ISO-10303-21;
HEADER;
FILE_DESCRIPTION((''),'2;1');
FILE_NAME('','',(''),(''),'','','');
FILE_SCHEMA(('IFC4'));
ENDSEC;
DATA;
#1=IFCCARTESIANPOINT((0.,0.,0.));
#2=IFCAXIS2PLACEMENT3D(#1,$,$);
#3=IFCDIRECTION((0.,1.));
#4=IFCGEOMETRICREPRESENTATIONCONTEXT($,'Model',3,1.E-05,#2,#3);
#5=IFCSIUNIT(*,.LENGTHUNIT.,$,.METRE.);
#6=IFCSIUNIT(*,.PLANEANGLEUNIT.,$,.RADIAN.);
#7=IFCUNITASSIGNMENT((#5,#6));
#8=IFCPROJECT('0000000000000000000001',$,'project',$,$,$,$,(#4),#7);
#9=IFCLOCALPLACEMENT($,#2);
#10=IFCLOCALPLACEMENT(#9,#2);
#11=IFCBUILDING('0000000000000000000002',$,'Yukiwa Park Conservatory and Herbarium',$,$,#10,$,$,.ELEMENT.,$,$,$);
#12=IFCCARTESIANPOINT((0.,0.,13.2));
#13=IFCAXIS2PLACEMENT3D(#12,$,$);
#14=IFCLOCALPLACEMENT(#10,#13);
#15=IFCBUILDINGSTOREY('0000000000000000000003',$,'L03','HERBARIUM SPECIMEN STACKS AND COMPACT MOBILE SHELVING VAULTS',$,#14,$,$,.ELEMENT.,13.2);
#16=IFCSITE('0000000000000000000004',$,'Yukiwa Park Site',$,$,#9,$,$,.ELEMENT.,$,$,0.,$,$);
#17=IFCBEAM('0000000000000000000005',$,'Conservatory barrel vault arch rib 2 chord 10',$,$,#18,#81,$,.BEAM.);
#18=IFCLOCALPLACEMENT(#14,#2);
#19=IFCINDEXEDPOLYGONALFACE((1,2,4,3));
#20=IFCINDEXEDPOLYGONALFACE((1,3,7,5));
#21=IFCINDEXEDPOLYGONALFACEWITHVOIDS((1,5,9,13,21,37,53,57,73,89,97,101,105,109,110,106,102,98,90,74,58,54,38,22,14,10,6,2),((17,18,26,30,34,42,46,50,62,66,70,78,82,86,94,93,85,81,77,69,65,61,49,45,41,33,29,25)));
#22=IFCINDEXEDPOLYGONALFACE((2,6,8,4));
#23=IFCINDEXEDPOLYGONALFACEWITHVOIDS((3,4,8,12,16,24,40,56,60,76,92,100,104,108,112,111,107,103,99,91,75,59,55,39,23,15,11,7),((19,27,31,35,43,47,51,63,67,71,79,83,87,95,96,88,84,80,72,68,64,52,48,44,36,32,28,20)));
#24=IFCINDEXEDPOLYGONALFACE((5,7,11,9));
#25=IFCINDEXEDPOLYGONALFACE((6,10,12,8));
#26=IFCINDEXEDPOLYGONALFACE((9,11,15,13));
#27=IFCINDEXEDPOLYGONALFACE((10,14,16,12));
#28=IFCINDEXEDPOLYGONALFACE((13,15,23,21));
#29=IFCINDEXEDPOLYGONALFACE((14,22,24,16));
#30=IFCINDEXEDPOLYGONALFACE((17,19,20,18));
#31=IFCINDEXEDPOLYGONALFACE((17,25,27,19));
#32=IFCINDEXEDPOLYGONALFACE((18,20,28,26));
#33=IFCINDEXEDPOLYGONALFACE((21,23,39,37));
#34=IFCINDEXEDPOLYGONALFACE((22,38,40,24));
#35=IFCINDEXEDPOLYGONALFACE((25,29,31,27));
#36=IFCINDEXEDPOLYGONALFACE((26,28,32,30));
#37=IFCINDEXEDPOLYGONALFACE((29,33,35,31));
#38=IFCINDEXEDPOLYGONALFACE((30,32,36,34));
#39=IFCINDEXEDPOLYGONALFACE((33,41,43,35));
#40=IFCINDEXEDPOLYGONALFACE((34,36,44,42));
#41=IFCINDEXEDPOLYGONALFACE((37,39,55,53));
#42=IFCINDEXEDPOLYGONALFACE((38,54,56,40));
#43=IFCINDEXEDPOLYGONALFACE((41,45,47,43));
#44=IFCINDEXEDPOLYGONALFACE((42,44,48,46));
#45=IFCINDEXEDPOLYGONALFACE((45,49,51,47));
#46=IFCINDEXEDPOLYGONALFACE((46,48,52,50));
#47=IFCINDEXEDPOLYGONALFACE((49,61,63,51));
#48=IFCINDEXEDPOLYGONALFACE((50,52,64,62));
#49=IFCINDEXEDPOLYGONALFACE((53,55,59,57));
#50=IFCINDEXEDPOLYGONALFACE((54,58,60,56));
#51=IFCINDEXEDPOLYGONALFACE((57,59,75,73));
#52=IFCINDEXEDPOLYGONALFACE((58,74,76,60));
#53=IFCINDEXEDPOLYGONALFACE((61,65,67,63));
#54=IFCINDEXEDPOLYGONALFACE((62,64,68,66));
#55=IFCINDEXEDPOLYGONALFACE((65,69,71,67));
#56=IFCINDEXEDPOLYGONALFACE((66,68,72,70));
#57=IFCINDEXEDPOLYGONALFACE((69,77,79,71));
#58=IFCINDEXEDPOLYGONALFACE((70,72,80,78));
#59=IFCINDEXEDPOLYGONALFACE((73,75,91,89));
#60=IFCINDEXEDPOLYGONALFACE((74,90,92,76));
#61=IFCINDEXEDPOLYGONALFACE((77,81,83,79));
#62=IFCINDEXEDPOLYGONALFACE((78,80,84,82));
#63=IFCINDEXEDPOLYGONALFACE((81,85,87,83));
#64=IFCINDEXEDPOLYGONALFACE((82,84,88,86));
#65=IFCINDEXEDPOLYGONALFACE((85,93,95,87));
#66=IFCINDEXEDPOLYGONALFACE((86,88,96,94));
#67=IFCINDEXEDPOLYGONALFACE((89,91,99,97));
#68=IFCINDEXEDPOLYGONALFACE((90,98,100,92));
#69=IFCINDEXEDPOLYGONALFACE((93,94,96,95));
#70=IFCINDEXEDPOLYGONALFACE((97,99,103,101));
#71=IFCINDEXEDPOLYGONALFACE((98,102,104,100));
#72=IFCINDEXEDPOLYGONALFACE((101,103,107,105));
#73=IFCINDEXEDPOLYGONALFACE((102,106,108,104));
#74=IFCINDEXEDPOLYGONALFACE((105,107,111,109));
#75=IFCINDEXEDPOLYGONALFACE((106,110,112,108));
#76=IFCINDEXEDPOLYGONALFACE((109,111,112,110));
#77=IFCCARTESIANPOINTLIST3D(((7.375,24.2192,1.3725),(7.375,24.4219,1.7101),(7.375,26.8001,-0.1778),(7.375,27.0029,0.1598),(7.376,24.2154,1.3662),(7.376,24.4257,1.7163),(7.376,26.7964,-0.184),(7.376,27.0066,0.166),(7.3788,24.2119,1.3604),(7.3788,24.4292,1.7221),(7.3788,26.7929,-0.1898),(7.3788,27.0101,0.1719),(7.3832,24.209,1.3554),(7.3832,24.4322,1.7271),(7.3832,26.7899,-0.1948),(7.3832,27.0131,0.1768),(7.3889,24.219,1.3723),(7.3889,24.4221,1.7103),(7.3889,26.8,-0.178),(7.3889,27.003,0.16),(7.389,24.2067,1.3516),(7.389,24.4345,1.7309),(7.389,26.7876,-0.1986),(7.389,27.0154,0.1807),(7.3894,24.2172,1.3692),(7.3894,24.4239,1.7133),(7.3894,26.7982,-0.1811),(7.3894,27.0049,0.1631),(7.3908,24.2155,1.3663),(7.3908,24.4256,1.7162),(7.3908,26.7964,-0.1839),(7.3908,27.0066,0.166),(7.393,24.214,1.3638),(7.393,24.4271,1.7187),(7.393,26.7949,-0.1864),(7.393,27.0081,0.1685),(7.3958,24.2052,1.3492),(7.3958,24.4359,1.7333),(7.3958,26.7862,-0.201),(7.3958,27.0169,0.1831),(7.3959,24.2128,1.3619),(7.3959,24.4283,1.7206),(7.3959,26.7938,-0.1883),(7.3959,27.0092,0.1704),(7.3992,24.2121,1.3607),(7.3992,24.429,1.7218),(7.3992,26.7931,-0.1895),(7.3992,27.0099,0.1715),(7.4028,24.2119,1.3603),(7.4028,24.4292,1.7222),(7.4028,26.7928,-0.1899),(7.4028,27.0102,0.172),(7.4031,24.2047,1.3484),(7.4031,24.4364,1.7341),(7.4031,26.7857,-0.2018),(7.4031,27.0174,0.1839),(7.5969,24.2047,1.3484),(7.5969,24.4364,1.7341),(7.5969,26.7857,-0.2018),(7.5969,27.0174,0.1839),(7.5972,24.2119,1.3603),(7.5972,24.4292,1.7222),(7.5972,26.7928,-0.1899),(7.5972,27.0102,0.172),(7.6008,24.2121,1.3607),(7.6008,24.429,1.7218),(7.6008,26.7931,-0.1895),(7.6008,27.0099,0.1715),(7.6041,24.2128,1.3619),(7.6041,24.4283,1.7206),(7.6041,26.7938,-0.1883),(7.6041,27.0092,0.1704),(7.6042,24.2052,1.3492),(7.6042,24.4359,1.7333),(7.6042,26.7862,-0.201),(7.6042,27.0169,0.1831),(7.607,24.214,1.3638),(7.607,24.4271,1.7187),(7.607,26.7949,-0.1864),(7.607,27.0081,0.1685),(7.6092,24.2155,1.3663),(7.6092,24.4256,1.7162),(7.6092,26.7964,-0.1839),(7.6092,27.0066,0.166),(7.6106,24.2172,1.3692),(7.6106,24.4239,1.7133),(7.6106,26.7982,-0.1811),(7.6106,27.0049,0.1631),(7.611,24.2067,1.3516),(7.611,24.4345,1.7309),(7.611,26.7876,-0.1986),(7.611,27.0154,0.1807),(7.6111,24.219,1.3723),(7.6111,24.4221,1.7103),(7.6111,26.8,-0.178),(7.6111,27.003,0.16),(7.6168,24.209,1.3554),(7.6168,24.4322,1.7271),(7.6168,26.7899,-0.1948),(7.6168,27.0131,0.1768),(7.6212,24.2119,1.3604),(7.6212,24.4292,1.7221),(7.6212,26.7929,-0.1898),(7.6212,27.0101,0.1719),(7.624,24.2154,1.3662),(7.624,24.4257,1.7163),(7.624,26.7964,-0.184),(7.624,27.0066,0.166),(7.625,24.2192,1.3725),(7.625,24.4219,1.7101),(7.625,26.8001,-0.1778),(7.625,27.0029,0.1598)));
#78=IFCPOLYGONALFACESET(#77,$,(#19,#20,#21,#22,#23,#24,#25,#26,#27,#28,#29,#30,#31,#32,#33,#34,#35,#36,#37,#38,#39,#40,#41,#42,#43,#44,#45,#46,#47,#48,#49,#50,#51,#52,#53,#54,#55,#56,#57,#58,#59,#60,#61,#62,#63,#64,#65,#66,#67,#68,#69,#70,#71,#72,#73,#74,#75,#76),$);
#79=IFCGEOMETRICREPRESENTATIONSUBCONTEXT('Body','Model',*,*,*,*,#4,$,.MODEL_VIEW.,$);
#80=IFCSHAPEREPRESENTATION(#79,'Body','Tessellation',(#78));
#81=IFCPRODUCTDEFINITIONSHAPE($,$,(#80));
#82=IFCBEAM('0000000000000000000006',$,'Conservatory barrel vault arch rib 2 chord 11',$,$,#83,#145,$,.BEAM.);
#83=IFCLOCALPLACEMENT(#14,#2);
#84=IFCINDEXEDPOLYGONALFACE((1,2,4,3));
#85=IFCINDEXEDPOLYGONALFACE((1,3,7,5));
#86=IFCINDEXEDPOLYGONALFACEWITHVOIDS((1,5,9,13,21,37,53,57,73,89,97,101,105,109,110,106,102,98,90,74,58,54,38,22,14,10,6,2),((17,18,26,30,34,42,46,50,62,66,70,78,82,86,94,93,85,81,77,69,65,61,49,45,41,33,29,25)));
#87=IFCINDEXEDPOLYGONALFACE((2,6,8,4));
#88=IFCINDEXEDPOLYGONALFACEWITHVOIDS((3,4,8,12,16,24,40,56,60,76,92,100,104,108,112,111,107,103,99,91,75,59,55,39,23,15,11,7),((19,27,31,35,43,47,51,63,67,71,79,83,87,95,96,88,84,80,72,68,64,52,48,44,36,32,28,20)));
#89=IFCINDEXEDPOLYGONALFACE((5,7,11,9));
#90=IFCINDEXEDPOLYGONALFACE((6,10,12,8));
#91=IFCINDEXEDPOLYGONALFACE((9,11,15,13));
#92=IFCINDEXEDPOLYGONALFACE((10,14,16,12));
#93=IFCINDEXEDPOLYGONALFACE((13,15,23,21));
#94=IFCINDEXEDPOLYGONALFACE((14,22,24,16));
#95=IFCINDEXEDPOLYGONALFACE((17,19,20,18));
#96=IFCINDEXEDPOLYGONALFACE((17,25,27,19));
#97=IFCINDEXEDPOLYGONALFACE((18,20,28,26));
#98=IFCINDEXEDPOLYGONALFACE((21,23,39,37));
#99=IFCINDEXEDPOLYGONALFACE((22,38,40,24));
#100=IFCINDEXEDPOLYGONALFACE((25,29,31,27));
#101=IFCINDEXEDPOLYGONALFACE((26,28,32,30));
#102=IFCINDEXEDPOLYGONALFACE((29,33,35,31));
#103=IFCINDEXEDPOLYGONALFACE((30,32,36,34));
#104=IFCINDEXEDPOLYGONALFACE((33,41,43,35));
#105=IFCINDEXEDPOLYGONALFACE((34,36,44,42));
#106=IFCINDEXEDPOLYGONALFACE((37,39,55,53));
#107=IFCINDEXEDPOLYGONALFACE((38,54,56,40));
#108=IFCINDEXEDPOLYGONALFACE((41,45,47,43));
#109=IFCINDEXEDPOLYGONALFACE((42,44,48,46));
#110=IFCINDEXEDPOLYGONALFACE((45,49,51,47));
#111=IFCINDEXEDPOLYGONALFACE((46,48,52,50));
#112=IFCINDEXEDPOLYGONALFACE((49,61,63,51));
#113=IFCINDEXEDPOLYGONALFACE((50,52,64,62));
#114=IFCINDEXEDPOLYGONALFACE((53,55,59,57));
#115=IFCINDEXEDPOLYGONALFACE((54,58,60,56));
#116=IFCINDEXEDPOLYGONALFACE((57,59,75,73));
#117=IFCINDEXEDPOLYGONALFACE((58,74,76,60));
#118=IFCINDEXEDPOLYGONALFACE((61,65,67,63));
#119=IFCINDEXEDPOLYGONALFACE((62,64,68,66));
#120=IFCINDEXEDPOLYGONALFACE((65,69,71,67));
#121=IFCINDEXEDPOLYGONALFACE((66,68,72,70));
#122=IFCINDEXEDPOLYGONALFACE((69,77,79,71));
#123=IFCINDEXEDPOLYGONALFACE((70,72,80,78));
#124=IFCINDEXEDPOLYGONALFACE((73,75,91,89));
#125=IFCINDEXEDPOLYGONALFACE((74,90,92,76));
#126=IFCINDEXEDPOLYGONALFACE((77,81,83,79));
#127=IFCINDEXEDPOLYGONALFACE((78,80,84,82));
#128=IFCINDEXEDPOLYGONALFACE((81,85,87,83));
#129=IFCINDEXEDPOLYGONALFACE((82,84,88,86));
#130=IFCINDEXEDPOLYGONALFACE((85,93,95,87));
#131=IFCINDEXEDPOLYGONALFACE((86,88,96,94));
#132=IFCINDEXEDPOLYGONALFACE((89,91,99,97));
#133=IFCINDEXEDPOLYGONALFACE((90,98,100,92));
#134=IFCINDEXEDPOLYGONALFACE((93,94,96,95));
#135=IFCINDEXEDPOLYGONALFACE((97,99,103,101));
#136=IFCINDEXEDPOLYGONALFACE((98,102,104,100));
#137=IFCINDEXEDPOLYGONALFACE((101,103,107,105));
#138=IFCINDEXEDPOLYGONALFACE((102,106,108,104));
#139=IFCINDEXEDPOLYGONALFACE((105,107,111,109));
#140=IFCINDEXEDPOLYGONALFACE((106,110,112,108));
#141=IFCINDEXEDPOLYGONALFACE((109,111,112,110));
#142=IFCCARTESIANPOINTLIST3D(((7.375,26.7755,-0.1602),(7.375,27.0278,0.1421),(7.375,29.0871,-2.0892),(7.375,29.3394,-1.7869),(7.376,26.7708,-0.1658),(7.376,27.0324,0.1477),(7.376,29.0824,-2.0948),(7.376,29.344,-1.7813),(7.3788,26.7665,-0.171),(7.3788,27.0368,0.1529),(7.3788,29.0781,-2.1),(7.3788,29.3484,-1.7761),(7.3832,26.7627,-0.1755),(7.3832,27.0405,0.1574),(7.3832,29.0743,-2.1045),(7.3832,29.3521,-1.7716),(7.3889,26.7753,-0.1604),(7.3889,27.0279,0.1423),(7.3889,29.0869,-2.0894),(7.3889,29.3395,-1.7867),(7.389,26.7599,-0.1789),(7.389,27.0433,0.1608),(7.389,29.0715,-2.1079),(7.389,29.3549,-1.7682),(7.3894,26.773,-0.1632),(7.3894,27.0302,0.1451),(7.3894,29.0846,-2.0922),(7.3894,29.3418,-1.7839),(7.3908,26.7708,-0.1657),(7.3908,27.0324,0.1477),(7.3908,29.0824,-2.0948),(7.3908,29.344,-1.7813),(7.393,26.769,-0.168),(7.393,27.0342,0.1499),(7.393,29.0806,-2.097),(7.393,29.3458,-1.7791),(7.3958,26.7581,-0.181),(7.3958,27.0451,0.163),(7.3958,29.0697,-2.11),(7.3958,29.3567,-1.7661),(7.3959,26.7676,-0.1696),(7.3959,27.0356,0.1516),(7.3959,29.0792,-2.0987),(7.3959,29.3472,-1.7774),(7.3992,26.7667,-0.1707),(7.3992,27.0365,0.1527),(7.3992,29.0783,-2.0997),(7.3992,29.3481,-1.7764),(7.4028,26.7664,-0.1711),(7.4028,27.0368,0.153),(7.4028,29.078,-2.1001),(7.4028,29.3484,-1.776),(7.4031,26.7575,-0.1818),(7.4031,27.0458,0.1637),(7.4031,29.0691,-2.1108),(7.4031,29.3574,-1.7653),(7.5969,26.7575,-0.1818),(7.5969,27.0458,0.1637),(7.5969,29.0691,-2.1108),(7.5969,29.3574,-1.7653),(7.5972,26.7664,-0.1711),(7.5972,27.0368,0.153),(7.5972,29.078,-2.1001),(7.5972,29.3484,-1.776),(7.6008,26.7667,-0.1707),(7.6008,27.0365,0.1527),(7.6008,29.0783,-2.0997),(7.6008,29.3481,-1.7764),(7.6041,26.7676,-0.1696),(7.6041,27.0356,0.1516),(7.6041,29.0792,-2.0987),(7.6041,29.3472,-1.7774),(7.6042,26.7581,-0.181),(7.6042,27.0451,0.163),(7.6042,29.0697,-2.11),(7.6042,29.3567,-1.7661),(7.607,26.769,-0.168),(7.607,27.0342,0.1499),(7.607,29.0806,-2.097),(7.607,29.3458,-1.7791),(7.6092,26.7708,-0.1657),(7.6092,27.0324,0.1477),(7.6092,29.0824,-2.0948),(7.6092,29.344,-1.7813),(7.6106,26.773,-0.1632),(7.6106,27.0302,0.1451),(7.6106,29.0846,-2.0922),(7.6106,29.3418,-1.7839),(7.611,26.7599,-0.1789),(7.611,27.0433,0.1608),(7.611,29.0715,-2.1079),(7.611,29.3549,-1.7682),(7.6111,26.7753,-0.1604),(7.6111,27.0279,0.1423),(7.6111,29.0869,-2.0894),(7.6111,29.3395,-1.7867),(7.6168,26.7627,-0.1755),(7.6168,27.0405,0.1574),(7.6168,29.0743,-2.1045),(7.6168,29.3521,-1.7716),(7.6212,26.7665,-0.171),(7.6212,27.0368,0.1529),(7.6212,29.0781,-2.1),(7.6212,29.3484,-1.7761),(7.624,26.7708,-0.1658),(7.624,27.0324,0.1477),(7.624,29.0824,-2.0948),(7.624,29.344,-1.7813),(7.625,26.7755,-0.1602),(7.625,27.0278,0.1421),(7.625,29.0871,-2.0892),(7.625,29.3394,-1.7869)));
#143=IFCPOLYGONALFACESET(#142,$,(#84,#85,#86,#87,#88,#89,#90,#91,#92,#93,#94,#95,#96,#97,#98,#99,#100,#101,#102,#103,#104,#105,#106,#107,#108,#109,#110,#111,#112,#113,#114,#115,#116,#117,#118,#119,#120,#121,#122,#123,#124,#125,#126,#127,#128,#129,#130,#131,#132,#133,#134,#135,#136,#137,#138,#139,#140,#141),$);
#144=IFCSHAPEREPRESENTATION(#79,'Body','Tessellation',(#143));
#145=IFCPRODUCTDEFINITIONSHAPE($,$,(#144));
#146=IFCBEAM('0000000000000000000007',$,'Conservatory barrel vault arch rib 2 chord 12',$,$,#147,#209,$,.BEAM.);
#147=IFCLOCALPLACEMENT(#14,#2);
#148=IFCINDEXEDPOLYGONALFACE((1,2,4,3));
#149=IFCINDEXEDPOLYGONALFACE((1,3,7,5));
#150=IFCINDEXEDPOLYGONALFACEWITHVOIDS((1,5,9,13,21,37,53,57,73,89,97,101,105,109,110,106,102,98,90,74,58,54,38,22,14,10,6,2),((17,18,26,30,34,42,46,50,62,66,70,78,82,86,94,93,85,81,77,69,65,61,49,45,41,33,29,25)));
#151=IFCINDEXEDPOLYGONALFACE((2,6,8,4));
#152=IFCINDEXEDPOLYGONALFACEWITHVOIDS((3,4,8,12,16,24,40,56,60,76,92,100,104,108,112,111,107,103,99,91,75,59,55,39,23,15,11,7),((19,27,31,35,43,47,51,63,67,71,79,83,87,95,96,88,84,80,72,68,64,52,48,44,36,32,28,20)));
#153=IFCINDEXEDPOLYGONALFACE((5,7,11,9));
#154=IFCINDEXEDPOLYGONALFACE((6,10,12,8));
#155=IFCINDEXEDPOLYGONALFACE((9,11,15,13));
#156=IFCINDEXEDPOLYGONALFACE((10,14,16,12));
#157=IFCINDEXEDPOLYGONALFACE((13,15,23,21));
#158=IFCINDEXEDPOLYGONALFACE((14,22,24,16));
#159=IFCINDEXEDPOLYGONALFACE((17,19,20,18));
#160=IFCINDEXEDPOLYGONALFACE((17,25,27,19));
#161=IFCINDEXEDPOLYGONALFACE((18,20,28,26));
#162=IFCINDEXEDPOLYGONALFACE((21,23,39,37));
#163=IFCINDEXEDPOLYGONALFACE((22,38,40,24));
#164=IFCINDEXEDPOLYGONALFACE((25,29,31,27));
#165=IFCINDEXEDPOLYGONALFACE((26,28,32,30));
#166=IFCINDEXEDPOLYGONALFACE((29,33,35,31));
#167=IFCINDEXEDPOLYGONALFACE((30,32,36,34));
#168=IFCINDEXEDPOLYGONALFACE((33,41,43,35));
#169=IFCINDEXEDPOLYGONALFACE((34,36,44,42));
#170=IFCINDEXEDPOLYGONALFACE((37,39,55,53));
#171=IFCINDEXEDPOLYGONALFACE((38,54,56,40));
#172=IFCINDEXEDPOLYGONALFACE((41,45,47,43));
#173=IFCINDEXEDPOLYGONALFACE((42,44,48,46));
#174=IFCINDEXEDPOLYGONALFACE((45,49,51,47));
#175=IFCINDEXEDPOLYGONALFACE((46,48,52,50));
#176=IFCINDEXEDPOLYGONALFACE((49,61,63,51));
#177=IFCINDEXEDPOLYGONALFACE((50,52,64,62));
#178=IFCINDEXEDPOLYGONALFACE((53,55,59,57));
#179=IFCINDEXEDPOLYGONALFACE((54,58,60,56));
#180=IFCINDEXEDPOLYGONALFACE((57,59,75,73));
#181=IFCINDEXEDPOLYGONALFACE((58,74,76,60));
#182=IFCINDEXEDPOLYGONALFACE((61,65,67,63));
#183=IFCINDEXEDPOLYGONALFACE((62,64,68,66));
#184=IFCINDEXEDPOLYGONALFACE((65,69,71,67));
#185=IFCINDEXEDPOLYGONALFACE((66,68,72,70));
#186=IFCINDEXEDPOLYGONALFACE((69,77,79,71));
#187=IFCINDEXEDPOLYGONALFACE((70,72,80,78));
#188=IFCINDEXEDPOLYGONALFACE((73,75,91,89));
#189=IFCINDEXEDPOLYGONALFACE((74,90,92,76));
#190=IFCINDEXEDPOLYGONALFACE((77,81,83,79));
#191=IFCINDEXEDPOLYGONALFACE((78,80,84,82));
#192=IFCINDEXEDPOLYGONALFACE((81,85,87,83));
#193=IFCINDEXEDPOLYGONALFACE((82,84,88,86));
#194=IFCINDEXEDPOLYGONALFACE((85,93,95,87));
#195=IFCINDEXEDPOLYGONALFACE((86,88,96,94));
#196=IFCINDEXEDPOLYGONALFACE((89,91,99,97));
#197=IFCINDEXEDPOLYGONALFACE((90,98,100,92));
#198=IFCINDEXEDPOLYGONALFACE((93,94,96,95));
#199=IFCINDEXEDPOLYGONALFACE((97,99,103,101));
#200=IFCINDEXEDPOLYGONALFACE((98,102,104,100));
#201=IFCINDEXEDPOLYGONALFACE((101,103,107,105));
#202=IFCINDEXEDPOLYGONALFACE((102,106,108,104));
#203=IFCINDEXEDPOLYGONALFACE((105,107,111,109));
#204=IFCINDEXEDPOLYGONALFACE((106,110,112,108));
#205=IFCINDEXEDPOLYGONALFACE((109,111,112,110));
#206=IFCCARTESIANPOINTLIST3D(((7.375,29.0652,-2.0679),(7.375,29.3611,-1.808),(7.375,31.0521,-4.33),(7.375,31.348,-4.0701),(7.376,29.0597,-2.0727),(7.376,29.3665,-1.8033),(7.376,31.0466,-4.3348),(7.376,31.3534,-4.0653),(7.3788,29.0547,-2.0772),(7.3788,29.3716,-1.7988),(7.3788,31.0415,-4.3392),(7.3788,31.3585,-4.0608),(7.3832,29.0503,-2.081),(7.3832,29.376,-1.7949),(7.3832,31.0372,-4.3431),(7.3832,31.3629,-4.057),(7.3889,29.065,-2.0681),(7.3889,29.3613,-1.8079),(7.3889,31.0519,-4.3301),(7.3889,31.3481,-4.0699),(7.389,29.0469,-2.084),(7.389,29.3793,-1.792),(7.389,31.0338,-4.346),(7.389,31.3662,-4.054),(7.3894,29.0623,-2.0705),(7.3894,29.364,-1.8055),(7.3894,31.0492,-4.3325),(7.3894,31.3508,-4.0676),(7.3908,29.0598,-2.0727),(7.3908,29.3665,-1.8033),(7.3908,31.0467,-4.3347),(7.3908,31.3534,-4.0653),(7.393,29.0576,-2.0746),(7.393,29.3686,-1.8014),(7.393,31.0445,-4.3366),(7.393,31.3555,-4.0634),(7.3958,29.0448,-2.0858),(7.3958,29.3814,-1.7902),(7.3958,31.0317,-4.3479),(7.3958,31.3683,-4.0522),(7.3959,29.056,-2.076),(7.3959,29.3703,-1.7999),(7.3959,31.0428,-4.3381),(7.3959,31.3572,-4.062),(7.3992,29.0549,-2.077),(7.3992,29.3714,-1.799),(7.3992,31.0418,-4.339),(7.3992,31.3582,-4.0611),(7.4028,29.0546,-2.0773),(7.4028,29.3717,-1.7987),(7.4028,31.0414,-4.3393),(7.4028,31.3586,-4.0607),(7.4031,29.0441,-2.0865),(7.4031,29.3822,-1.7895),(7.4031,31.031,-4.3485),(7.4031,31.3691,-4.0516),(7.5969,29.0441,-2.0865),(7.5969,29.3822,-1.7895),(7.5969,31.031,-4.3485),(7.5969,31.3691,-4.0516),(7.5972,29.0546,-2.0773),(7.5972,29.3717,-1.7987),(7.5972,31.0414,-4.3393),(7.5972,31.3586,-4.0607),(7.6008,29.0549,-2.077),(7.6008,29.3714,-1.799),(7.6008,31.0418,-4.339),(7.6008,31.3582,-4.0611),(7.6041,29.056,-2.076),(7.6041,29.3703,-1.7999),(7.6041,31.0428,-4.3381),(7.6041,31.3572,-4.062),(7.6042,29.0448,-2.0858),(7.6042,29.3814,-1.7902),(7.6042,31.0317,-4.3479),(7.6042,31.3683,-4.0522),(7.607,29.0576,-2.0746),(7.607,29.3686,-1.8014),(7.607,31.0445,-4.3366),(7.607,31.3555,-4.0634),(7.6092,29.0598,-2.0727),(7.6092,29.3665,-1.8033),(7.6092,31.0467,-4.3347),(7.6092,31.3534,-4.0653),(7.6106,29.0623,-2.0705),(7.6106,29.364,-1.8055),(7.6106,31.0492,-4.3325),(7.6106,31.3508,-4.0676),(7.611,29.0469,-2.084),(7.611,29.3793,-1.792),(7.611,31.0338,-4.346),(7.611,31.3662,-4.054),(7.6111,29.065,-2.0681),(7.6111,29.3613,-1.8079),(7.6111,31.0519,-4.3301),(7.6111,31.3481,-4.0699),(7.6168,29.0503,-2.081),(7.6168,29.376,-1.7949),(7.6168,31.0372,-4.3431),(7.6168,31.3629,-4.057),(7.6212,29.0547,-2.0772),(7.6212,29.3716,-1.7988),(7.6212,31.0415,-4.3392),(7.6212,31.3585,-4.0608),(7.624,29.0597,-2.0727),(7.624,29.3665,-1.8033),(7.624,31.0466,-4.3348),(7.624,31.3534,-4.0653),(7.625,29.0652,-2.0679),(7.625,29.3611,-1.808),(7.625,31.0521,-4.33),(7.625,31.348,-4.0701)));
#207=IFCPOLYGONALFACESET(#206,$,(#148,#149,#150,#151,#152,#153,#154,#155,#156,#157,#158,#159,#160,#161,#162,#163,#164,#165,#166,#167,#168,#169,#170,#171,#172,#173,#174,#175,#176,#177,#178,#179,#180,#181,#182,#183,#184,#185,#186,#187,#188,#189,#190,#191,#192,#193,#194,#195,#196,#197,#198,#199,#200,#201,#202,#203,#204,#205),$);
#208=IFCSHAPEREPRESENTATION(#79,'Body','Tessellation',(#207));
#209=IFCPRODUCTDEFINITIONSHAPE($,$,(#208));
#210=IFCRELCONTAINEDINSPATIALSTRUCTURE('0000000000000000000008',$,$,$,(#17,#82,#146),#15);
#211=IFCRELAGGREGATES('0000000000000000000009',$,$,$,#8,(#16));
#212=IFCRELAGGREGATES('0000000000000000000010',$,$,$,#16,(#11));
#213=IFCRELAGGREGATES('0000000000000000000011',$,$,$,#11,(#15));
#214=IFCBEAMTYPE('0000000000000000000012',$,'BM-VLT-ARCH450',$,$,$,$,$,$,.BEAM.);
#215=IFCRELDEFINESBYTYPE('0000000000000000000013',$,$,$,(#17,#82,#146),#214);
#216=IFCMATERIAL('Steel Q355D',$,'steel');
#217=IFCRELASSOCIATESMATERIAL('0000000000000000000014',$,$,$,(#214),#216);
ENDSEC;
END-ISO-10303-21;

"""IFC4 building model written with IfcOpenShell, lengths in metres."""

from ifc_helpers import new_model, si_unit, direction, frame, origin, origin_2d, place, context, subcontext, project, spatial, hollow_rectangle, extrude, material, material_profile, profile_set, type_object, element, save


model = new_model("IFC4")

# Units and contexts
model_context = context("Model", 3, precision=1e-05, world=origin(), true_north=direction((0.0, 1.0)))
body_context = subcontext(model_context, "Body", "Model", "MODEL_VIEW")
ifc_project = project(units=[si_unit("LENGTHUNIT", "METRE"), si_unit("PLANEANGLEUNIT", "RADIAN")], contexts=[model_context])

# Site, building, storey
site_placement = place(None, origin())
site = spatial("IfcSite", under=ifc_project, at=site_placement, Name="Yukiwa Park Site", CompositionType="ELEMENT", RefElevation=0.0)
building_placement = place(site_placement, origin())
building = spatial("IfcBuilding", under=site, at=building_placement, Name="Yukiwa Park Conservatory and Herbarium", CompositionType="ELEMENT")
storey_placement = place(building_placement, frame((0.0, 0.0, 13.2)))
storey = spatial("IfcBuildingStorey", under=building, at=storey_placement, Name="L03", Description="HERBARIUM SPECIMEN STACKS AND COMPACT MOBILE SHELVING VAULTS", CompositionType="ELEMENT", Elevation=13.2)

# Beams
ifc_material_1 = material(Name="Steel Q355D", Category="steel")
ifc_material_profile_1 = material_profile(ifc_material_1, hollow_rectangle(XDim=0.25, YDim=0.45, WallThickness=0.0139, InnerFilletRadius=0.0139, OuterFilletRadius=0.0281, at=origin_2d()), Name="RHS 450x250x14")
ifc_profile_set_1 = profile_set([ifc_material_profile_1], Name="Steel Q355D")
beam_type_1 = type_object("IfcBeamType", Name="BM-VLT-ARCH450", PredefinedType="BEAM", material=ifc_profile_set_1)
for number, where, z_axis, x_axis, name in (
    (1, (7.5, 24.3206, 1.5413), (0.0, 0.85725, -0.514901), (-1.0, 0.0, 0.0), "Conservatory barrel vault arch rib 2 chord 10"),
    (2, (7.5, 26.9016, -0.009), (0.0, 0.767782, -0.640711), (-1.0, 0.0, 0.0), "Conservatory barrel vault arch rib 2 chord 11"),
    (3, (7.5, 29.2131, -1.938), (0.0, 0.659933, -0.751324), (-1.0, 0.0, 0.0), "Conservatory barrel vault arch rib 2 chord 12"),
):
    element("IfcBeam", number, at=place(storey_placement, frame(where, z_axis=z_axis, x_axis=x_axis)), inside=storey, type_object=beam_type_1, Name=name, PredefinedType="BEAM", context=body_context, shape_type="SweptSolid", body=[
        extrude(hollow_rectangle(XDim=0.25, YDim=0.45, WallThickness=0.0139, InnerFilletRadius=0.0139, OuterFilletRadius=0.0281, at=origin_2d()), origin(), (0.0, 0.0, 1.0), 3.0107),
    ])

save(model, "model.ifc")
